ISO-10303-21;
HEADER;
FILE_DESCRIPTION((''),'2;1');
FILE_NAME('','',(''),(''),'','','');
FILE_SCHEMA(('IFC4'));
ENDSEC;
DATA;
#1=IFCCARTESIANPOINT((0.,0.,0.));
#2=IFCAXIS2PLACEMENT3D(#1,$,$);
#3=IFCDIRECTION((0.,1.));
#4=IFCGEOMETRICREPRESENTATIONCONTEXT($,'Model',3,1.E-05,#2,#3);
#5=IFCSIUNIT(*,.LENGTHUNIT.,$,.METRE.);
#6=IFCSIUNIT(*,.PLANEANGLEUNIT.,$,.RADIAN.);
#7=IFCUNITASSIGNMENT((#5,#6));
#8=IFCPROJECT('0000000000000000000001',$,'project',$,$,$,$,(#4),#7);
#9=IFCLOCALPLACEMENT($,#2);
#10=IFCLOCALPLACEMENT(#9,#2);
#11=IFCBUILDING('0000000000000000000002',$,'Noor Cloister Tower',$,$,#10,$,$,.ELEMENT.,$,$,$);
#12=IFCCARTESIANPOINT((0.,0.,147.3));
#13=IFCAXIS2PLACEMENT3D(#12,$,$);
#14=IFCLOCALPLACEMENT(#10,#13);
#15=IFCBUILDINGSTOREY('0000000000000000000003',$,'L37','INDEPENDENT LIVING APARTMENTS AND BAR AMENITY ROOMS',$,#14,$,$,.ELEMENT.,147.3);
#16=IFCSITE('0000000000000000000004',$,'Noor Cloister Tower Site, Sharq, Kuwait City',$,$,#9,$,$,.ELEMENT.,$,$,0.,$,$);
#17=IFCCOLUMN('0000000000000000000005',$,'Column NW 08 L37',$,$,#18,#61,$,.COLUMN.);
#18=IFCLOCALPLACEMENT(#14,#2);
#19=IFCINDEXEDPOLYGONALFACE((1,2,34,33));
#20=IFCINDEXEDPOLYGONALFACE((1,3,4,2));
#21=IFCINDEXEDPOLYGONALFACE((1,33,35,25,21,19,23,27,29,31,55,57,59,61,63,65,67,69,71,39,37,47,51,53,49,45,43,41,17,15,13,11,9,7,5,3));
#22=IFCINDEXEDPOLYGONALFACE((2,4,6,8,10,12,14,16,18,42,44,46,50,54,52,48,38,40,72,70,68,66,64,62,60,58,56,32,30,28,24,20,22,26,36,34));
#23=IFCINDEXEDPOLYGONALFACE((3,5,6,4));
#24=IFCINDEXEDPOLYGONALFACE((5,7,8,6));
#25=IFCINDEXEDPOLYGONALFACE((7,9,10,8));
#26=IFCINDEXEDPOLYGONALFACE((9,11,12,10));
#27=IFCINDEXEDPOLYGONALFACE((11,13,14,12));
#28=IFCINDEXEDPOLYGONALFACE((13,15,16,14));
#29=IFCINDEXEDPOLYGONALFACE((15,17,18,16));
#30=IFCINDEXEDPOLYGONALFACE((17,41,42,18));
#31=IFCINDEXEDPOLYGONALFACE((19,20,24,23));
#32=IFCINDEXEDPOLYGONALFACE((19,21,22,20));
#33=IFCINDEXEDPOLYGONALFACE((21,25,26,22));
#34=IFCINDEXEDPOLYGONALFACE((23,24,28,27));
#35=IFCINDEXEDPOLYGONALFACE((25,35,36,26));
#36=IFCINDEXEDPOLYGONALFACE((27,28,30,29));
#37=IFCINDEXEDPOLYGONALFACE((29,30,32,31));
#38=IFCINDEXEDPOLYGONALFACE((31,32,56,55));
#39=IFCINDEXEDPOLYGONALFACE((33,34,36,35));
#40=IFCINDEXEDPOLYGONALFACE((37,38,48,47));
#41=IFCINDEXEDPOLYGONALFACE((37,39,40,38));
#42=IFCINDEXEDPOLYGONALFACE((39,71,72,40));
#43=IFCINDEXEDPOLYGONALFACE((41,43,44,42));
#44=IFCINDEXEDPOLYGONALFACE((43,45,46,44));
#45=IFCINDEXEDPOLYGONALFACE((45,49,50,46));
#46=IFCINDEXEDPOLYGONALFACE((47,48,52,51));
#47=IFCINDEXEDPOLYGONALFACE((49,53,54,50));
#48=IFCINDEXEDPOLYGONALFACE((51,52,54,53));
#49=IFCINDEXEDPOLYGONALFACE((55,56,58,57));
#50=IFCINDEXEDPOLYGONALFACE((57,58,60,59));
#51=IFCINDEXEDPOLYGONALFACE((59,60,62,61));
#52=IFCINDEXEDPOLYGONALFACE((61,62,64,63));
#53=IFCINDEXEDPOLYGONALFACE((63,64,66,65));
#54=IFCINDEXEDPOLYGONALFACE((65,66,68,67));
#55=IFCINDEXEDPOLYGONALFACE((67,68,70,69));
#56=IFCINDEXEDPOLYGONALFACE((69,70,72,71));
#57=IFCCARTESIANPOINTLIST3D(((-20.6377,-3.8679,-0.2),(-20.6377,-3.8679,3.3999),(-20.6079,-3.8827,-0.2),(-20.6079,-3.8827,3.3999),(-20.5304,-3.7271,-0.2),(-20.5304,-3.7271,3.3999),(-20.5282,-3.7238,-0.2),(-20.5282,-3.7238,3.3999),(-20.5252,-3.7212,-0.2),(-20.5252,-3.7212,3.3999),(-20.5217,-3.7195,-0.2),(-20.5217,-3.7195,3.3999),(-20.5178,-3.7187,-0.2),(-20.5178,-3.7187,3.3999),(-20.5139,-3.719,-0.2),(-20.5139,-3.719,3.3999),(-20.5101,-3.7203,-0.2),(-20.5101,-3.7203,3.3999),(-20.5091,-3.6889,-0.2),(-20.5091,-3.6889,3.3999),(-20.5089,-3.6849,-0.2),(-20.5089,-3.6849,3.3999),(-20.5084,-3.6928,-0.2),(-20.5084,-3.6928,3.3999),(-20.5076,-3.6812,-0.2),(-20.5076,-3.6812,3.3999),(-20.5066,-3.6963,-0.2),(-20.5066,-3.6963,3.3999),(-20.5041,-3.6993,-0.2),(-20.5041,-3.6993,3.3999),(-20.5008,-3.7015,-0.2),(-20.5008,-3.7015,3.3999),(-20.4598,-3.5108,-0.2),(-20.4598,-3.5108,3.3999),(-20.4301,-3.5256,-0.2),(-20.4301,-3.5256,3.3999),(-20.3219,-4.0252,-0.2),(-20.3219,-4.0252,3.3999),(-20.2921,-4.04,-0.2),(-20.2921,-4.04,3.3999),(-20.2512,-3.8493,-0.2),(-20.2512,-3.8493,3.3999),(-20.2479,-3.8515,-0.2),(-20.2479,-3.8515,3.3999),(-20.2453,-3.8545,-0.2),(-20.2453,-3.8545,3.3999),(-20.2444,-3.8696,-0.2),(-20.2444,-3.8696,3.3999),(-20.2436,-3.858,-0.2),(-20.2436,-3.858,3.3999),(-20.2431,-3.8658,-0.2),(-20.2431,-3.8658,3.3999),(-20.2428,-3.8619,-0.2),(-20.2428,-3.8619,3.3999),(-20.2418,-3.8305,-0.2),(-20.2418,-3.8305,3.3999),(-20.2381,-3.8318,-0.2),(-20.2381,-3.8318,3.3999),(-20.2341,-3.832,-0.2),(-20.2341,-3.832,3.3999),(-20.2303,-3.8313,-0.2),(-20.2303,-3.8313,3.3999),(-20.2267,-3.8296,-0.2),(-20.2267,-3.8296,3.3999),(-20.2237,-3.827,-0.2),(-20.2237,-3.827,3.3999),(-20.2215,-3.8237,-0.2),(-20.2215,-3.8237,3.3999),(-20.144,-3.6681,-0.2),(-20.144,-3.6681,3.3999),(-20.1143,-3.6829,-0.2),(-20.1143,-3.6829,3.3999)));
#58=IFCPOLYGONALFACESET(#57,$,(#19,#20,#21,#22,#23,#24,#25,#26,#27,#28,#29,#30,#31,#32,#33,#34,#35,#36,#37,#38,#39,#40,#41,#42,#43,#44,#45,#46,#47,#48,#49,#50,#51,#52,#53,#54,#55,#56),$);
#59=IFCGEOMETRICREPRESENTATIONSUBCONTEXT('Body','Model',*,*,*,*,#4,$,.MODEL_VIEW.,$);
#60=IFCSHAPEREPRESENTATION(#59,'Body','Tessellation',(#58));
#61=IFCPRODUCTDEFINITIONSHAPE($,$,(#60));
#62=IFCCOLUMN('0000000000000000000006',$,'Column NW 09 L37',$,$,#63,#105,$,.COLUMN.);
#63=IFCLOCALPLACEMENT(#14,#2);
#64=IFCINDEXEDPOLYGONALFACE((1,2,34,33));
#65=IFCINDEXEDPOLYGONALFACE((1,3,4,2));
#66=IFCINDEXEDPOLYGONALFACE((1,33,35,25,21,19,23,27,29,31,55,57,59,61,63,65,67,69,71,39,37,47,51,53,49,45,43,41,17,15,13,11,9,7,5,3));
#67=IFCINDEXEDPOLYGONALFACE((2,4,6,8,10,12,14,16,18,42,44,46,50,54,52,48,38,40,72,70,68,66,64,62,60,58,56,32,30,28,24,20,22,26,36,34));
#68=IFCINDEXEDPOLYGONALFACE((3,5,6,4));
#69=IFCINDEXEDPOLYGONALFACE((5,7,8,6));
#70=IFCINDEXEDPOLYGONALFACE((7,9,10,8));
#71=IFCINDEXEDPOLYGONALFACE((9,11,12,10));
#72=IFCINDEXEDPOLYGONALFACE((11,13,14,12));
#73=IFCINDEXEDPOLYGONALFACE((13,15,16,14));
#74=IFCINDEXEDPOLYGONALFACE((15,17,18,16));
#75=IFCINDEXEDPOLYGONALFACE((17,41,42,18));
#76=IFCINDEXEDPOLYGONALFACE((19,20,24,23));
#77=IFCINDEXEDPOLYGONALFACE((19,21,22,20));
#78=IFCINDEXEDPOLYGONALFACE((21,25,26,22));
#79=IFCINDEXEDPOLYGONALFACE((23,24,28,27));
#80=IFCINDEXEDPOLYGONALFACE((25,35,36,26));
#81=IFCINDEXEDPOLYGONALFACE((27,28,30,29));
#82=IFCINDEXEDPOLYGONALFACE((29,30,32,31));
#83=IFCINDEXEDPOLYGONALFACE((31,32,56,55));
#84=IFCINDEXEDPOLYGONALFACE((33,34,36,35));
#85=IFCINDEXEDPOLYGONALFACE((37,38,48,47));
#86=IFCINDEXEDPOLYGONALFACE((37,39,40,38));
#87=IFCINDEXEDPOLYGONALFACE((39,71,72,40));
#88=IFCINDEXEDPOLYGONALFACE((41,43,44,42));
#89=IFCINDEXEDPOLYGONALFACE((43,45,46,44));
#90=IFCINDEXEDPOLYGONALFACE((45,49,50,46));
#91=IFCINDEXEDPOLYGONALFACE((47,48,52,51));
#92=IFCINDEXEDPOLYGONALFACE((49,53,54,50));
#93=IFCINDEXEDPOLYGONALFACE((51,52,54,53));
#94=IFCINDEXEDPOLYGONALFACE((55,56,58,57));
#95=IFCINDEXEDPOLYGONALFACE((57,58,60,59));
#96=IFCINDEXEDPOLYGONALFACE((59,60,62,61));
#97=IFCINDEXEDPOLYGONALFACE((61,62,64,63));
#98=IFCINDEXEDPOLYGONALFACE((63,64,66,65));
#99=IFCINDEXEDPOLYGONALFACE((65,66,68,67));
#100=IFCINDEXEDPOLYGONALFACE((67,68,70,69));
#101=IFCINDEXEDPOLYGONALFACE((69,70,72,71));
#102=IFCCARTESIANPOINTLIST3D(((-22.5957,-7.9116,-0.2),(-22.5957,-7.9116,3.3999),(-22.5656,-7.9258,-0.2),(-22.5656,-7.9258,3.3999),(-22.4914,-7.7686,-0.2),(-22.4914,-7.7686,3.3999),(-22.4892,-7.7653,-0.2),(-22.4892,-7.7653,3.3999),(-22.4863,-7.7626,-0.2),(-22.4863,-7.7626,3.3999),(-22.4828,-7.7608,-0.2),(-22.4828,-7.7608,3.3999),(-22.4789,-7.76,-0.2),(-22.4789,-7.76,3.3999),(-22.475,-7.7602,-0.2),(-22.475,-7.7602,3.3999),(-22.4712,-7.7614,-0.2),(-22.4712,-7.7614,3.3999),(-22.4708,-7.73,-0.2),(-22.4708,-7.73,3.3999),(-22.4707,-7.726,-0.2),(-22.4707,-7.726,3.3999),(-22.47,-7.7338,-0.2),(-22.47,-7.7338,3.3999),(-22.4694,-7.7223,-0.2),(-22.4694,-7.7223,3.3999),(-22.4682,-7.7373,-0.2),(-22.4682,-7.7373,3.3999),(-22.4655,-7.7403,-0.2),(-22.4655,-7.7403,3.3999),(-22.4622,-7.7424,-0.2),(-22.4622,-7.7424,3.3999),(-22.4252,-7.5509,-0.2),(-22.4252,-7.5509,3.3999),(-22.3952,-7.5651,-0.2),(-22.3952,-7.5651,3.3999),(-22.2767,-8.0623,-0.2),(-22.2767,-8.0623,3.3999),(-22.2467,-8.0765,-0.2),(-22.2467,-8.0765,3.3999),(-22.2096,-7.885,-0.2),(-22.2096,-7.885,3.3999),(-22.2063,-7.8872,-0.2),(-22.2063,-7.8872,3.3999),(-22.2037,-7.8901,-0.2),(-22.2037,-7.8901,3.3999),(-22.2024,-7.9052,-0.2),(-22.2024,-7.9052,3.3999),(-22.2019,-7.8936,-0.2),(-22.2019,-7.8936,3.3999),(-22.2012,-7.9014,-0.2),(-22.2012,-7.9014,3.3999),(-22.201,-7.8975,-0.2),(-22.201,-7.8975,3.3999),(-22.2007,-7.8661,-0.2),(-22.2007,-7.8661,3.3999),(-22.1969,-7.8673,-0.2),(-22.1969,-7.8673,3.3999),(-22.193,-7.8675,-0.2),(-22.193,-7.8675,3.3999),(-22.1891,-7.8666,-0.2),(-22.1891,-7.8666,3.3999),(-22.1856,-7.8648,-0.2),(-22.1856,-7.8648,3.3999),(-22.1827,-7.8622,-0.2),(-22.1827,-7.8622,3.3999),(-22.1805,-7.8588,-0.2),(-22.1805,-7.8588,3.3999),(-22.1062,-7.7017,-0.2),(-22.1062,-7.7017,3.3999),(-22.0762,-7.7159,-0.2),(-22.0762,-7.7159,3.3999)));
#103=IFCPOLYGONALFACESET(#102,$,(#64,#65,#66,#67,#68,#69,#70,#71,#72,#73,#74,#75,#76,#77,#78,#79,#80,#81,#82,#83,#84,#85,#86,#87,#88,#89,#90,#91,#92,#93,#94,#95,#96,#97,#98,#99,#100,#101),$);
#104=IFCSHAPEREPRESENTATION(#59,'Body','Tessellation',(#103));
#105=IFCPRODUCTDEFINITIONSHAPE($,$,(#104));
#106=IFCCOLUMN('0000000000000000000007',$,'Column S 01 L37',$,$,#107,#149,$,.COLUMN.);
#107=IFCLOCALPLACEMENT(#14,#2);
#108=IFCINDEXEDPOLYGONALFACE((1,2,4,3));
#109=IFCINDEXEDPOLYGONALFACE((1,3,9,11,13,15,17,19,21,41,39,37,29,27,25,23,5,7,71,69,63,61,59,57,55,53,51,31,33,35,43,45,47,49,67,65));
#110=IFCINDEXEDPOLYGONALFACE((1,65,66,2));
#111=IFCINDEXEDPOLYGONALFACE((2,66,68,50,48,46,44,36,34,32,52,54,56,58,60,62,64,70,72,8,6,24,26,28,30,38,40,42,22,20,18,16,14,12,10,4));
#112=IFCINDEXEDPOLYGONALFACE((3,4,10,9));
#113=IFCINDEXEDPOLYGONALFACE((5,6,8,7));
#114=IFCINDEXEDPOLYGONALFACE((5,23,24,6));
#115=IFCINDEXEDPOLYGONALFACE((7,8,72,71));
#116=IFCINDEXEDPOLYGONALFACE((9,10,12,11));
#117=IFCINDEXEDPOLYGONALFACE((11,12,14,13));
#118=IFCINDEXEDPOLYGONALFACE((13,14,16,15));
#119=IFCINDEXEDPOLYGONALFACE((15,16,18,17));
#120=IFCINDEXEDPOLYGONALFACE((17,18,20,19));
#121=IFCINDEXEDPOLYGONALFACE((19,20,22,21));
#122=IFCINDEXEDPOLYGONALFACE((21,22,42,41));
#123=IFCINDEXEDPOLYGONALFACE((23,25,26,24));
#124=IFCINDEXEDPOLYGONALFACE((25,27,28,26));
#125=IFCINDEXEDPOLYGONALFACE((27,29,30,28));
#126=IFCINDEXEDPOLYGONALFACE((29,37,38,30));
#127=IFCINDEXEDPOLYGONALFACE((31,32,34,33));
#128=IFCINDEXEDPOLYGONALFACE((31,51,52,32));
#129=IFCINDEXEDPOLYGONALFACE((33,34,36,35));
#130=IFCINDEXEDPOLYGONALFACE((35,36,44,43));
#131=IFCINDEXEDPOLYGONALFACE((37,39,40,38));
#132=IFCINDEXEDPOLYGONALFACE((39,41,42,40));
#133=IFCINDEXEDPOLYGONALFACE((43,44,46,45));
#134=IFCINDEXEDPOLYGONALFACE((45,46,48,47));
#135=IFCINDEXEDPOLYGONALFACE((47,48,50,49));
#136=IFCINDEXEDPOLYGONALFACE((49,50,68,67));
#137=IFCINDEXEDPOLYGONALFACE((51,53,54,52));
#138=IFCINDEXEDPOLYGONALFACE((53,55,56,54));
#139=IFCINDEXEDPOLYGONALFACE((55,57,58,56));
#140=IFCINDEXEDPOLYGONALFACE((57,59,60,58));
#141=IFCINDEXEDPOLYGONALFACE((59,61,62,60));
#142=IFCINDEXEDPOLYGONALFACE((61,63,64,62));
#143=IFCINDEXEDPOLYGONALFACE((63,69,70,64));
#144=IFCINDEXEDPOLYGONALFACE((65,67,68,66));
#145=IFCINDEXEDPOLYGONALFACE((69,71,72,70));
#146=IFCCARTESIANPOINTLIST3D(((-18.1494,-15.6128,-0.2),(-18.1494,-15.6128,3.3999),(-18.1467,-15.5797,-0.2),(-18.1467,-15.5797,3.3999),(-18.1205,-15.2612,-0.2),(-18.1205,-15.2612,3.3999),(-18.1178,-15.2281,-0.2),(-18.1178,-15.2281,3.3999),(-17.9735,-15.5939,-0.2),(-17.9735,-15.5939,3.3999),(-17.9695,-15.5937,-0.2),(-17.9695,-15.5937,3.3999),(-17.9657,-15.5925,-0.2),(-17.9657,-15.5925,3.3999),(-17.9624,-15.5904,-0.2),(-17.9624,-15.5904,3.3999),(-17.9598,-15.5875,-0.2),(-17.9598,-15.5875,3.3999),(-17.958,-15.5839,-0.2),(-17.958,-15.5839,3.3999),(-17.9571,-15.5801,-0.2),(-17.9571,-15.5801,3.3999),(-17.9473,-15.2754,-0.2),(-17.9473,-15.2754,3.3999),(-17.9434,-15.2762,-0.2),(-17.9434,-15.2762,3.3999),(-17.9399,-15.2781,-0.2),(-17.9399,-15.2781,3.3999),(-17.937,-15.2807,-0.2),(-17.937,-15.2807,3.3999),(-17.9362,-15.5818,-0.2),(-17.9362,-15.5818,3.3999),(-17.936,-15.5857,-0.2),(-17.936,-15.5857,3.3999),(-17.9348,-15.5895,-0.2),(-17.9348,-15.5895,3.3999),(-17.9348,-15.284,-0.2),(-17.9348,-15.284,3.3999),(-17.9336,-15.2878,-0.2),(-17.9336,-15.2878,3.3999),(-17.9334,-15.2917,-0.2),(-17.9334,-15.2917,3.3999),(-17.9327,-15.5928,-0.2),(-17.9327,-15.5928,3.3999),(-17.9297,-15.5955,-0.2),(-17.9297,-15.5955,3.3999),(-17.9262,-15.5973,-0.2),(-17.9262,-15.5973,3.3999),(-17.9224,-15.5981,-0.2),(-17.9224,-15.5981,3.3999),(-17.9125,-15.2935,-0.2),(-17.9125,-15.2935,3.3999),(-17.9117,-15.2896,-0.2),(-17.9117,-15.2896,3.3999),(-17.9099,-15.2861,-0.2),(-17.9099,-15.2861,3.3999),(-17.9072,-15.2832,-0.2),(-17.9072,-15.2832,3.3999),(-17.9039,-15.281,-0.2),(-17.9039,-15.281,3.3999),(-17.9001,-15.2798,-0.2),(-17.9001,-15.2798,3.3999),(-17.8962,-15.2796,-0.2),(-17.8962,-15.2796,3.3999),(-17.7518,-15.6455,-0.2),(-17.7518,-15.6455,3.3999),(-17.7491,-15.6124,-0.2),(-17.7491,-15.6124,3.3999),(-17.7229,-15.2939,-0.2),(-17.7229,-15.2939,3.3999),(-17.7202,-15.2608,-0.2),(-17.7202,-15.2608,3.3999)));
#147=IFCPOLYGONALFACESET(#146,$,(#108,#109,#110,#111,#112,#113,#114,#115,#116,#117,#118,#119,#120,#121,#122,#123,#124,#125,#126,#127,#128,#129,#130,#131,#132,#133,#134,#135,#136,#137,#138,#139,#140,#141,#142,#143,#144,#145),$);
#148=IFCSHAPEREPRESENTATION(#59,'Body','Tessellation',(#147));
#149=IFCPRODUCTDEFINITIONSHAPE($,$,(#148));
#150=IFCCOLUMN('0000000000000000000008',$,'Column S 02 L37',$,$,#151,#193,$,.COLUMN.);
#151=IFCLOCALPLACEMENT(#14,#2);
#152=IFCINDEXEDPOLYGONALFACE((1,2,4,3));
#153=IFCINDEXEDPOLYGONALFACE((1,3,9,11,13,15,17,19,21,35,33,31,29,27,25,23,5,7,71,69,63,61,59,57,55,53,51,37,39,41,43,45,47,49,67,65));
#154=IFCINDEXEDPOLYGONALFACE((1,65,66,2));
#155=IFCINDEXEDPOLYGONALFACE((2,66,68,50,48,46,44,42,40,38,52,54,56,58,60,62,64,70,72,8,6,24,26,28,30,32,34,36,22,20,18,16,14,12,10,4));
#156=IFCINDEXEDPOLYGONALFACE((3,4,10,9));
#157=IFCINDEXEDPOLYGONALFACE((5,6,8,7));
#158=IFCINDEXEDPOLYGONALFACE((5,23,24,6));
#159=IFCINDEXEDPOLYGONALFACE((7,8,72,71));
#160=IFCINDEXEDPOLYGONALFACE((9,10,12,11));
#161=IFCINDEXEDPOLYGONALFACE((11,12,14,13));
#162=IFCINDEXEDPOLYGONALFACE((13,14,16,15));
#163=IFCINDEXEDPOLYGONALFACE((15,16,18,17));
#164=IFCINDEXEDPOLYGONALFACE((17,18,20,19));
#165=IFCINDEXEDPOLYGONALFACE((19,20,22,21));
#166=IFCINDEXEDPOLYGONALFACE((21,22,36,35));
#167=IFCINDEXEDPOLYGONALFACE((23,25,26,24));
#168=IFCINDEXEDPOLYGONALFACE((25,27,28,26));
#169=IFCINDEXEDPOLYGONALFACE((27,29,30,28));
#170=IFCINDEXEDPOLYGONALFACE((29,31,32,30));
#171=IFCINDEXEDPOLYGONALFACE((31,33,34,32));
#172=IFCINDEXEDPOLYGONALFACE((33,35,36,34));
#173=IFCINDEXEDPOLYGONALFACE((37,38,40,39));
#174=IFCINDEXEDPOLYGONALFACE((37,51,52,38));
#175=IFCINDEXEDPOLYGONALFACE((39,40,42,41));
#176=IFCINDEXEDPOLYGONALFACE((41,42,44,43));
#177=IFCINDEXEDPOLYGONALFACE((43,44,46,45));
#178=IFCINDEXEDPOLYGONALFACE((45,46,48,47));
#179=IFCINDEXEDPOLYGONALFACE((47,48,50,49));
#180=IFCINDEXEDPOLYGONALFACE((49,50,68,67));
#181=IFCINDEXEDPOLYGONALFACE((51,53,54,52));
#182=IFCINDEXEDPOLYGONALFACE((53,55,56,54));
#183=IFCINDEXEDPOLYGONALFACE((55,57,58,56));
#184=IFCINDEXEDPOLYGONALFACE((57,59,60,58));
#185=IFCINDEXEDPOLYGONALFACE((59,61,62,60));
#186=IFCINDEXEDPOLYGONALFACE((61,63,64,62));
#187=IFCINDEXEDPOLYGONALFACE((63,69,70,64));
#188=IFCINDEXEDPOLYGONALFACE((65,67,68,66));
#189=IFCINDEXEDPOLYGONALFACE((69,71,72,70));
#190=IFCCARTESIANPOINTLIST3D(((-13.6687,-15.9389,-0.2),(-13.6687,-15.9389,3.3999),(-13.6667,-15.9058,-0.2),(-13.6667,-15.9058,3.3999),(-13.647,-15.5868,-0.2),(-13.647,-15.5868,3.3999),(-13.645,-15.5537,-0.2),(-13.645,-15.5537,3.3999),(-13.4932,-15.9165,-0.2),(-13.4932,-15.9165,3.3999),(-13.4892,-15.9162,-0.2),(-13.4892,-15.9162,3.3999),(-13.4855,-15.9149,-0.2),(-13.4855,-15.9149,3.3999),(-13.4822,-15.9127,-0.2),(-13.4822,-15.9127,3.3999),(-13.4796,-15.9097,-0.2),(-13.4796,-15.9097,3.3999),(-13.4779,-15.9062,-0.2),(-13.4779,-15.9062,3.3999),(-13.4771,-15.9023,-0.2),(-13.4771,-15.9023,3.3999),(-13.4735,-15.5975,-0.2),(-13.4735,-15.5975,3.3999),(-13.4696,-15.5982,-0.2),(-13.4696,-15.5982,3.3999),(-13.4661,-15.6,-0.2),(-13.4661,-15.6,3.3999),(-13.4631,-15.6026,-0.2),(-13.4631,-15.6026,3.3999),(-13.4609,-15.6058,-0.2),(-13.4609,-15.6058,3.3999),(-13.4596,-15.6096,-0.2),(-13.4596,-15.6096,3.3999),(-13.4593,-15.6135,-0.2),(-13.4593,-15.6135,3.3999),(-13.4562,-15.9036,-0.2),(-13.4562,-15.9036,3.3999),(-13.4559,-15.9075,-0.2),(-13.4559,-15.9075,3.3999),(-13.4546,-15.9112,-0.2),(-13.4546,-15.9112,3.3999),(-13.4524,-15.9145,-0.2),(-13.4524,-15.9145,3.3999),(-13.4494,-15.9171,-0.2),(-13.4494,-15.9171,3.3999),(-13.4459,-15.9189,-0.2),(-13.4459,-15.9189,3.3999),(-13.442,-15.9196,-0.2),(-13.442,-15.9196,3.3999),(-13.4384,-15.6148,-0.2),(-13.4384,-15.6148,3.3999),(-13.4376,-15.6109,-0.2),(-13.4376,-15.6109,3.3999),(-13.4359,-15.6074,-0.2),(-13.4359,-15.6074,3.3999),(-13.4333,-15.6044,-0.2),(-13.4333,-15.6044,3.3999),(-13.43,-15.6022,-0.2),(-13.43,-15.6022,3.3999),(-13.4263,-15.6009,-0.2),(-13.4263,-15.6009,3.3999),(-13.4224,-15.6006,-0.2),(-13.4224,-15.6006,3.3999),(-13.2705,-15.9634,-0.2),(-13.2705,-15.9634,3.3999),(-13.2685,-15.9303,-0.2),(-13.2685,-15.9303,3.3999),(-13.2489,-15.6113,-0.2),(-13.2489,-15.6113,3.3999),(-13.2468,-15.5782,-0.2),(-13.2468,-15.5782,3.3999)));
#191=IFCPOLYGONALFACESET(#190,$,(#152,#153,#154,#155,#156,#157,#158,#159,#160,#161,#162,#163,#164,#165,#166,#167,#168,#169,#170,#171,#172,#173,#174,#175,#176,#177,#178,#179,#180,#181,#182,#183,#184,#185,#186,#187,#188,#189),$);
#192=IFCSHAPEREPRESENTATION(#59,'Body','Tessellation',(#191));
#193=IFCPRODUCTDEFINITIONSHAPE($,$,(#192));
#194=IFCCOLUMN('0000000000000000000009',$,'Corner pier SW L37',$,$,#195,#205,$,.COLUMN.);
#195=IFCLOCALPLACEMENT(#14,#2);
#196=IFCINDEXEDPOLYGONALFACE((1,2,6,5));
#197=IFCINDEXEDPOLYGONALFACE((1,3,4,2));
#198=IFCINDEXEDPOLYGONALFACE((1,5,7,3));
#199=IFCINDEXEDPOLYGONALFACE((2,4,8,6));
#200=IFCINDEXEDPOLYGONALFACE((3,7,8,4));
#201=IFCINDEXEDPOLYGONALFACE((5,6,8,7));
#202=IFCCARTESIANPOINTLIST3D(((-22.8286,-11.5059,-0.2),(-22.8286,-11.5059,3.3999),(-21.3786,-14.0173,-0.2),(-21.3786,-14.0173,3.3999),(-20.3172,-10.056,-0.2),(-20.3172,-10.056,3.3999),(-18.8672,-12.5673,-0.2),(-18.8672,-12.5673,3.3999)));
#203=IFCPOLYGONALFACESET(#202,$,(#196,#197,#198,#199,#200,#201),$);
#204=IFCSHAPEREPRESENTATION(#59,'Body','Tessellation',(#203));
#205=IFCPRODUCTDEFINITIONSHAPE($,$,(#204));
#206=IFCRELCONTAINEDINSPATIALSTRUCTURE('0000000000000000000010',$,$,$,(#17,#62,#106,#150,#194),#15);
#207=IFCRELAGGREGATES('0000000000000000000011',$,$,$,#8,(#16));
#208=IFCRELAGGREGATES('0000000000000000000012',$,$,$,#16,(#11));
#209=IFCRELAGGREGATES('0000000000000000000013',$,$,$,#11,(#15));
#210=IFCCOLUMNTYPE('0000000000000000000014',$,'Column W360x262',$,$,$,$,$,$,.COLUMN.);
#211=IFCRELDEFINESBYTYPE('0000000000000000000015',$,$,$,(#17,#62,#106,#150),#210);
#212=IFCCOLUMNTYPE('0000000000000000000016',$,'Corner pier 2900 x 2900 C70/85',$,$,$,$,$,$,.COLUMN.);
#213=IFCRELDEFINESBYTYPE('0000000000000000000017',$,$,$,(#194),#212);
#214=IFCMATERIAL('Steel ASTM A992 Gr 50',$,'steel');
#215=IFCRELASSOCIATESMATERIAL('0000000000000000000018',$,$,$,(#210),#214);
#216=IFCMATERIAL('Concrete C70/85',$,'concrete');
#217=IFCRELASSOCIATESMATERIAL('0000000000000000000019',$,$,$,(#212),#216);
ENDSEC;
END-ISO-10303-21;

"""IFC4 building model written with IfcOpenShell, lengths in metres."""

from ifc_helpers import new_model, si_unit, direction, frame, origin, origin_2d, place, context, subcontext, project, spatial, rectangle, i_section, extrude, material, material_profile, profile_set, type_object, element, save


model = new_model("IFC4")

# Units and contexts
model_context = context("Model", 3, precision=1e-05, world=origin(), true_north=direction((0.0, 1.0)))
body_context = subcontext(model_context, "Body", "Model", "MODEL_VIEW")
ifc_project = project(units=[si_unit("LENGTHUNIT", "METRE"), si_unit("PLANEANGLEUNIT", "RADIAN")], contexts=[model_context])

# Site, building, storey
site_placement = place(None, origin())
site = spatial("IfcSite", under=ifc_project, at=site_placement, Name="Noor Cloister Tower Site, Sharq, Kuwait City", CompositionType="ELEMENT", RefElevation=0.0)
building_placement = place(site_placement, origin())
building = spatial("IfcBuilding", under=site, at=building_placement, Name="Noor Cloister Tower", CompositionType="ELEMENT")
storey_placement = place(building_placement, frame((0.0, 0.0, 147.3)))
storey = spatial("IfcBuildingStorey", under=building, at=storey_placement, Name="L37", Description="INDEPENDENT LIVING APARTMENTS AND BAR AMENITY ROOMS", CompositionType="ELEMENT", Elevation=147.3)

# Columns
ifc_material_1 = material(Name="Steel ASTM A992 Gr 50", Category="steel")
ifc_material_profile_1 = material_profile(ifc_material_1, i_section(OverallWidth=0.3989, OverallDepth=0.386, WebThickness=0.021, FlangeThickness=0.0332, FilletRadius=0.0151, at=origin_2d()), Name="W360x262")
ifc_profile_set_1 = profile_set([ifc_material_profile_1], Name="Steel ASTM A992 Gr 50")
column_type_1 = type_object("IfcColumnType", Name="Column W360x262", PredefinedType="COLUMN", material=ifc_profile_set_1)
for number, where, z_axis, x_axis, name in (
    (1, (-20.376, -3.7754, -0.2), (0.0, 0.0, 1.0), (-0.445819, -0.895123, 0.0), "Column NW 08 L37"),
    (2, (-22.3359, -7.8137, -0.2), (0.0, 0.0, 1.0), (-0.427373, -0.904075, 0.0), "Column NW 09 L37"),
    (3, (-17.9348, -15.4368, -0.2), (0.0, 0.0, 1.0), (0.996639, -0.081922, 0.0), "Column S 01 L37"),
    (4, (-13.4578, -15.7585, -0.2), (0.0, 0.0, 1.0), (0.998109, -0.061471, 0.0), "Column S 02 L37"),
):
    element("IfcColumn", number, at=place(storey_placement, frame(where, z_axis=z_axis, x_axis=x_axis)), inside=storey, type_object=column_type_1, Name=name, PredefinedType="COLUMN", context=body_context, shape_type="SweptSolid", body=[
        extrude(i_section(OverallWidth=0.3989, OverallDepth=0.386, WebThickness=0.021, FlangeThickness=0.0332, FilletRadius=0.0151, at=origin_2d()), origin(), (0.0, 0.0, 1.0), 3.5999),
    ])
ifc_material_2 = material(Name="Concrete C70/85", Category="concrete")
ifc_material_profile_2 = material_profile(ifc_material_2, rectangle(XDim=2.8999, YDim=2.8999, at=origin_2d()), Name="RC 2900x2900")
ifc_profile_set_2 = profile_set([ifc_material_profile_2], Name="Concrete C70/85")
column_type_2 = type_object("IfcColumnType", Name="Corner pier 2900 x 2900 C70/85", PredefinedType="COLUMN", material=ifc_profile_set_2)
column_placement = place(storey_placement, frame((-20.8479, -12.0366, -0.2), z_axis=(0.0, 0.0, 1.0), x_axis=(-0.866025, -0.5, 0.0)))
element("IfcColumn", 5, at=column_placement, inside=storey, type_object=column_type_2, Name="Corner pier SW L37", PredefinedType="COLUMN", context=body_context, shape_type="SweptSolid", body=[
    extrude(rectangle(XDim=2.8999, YDim=2.8999, at=origin_2d()), origin(), (0.0, 0.0, 1.0), 3.5999),
])

save(model, "model.ifc")
